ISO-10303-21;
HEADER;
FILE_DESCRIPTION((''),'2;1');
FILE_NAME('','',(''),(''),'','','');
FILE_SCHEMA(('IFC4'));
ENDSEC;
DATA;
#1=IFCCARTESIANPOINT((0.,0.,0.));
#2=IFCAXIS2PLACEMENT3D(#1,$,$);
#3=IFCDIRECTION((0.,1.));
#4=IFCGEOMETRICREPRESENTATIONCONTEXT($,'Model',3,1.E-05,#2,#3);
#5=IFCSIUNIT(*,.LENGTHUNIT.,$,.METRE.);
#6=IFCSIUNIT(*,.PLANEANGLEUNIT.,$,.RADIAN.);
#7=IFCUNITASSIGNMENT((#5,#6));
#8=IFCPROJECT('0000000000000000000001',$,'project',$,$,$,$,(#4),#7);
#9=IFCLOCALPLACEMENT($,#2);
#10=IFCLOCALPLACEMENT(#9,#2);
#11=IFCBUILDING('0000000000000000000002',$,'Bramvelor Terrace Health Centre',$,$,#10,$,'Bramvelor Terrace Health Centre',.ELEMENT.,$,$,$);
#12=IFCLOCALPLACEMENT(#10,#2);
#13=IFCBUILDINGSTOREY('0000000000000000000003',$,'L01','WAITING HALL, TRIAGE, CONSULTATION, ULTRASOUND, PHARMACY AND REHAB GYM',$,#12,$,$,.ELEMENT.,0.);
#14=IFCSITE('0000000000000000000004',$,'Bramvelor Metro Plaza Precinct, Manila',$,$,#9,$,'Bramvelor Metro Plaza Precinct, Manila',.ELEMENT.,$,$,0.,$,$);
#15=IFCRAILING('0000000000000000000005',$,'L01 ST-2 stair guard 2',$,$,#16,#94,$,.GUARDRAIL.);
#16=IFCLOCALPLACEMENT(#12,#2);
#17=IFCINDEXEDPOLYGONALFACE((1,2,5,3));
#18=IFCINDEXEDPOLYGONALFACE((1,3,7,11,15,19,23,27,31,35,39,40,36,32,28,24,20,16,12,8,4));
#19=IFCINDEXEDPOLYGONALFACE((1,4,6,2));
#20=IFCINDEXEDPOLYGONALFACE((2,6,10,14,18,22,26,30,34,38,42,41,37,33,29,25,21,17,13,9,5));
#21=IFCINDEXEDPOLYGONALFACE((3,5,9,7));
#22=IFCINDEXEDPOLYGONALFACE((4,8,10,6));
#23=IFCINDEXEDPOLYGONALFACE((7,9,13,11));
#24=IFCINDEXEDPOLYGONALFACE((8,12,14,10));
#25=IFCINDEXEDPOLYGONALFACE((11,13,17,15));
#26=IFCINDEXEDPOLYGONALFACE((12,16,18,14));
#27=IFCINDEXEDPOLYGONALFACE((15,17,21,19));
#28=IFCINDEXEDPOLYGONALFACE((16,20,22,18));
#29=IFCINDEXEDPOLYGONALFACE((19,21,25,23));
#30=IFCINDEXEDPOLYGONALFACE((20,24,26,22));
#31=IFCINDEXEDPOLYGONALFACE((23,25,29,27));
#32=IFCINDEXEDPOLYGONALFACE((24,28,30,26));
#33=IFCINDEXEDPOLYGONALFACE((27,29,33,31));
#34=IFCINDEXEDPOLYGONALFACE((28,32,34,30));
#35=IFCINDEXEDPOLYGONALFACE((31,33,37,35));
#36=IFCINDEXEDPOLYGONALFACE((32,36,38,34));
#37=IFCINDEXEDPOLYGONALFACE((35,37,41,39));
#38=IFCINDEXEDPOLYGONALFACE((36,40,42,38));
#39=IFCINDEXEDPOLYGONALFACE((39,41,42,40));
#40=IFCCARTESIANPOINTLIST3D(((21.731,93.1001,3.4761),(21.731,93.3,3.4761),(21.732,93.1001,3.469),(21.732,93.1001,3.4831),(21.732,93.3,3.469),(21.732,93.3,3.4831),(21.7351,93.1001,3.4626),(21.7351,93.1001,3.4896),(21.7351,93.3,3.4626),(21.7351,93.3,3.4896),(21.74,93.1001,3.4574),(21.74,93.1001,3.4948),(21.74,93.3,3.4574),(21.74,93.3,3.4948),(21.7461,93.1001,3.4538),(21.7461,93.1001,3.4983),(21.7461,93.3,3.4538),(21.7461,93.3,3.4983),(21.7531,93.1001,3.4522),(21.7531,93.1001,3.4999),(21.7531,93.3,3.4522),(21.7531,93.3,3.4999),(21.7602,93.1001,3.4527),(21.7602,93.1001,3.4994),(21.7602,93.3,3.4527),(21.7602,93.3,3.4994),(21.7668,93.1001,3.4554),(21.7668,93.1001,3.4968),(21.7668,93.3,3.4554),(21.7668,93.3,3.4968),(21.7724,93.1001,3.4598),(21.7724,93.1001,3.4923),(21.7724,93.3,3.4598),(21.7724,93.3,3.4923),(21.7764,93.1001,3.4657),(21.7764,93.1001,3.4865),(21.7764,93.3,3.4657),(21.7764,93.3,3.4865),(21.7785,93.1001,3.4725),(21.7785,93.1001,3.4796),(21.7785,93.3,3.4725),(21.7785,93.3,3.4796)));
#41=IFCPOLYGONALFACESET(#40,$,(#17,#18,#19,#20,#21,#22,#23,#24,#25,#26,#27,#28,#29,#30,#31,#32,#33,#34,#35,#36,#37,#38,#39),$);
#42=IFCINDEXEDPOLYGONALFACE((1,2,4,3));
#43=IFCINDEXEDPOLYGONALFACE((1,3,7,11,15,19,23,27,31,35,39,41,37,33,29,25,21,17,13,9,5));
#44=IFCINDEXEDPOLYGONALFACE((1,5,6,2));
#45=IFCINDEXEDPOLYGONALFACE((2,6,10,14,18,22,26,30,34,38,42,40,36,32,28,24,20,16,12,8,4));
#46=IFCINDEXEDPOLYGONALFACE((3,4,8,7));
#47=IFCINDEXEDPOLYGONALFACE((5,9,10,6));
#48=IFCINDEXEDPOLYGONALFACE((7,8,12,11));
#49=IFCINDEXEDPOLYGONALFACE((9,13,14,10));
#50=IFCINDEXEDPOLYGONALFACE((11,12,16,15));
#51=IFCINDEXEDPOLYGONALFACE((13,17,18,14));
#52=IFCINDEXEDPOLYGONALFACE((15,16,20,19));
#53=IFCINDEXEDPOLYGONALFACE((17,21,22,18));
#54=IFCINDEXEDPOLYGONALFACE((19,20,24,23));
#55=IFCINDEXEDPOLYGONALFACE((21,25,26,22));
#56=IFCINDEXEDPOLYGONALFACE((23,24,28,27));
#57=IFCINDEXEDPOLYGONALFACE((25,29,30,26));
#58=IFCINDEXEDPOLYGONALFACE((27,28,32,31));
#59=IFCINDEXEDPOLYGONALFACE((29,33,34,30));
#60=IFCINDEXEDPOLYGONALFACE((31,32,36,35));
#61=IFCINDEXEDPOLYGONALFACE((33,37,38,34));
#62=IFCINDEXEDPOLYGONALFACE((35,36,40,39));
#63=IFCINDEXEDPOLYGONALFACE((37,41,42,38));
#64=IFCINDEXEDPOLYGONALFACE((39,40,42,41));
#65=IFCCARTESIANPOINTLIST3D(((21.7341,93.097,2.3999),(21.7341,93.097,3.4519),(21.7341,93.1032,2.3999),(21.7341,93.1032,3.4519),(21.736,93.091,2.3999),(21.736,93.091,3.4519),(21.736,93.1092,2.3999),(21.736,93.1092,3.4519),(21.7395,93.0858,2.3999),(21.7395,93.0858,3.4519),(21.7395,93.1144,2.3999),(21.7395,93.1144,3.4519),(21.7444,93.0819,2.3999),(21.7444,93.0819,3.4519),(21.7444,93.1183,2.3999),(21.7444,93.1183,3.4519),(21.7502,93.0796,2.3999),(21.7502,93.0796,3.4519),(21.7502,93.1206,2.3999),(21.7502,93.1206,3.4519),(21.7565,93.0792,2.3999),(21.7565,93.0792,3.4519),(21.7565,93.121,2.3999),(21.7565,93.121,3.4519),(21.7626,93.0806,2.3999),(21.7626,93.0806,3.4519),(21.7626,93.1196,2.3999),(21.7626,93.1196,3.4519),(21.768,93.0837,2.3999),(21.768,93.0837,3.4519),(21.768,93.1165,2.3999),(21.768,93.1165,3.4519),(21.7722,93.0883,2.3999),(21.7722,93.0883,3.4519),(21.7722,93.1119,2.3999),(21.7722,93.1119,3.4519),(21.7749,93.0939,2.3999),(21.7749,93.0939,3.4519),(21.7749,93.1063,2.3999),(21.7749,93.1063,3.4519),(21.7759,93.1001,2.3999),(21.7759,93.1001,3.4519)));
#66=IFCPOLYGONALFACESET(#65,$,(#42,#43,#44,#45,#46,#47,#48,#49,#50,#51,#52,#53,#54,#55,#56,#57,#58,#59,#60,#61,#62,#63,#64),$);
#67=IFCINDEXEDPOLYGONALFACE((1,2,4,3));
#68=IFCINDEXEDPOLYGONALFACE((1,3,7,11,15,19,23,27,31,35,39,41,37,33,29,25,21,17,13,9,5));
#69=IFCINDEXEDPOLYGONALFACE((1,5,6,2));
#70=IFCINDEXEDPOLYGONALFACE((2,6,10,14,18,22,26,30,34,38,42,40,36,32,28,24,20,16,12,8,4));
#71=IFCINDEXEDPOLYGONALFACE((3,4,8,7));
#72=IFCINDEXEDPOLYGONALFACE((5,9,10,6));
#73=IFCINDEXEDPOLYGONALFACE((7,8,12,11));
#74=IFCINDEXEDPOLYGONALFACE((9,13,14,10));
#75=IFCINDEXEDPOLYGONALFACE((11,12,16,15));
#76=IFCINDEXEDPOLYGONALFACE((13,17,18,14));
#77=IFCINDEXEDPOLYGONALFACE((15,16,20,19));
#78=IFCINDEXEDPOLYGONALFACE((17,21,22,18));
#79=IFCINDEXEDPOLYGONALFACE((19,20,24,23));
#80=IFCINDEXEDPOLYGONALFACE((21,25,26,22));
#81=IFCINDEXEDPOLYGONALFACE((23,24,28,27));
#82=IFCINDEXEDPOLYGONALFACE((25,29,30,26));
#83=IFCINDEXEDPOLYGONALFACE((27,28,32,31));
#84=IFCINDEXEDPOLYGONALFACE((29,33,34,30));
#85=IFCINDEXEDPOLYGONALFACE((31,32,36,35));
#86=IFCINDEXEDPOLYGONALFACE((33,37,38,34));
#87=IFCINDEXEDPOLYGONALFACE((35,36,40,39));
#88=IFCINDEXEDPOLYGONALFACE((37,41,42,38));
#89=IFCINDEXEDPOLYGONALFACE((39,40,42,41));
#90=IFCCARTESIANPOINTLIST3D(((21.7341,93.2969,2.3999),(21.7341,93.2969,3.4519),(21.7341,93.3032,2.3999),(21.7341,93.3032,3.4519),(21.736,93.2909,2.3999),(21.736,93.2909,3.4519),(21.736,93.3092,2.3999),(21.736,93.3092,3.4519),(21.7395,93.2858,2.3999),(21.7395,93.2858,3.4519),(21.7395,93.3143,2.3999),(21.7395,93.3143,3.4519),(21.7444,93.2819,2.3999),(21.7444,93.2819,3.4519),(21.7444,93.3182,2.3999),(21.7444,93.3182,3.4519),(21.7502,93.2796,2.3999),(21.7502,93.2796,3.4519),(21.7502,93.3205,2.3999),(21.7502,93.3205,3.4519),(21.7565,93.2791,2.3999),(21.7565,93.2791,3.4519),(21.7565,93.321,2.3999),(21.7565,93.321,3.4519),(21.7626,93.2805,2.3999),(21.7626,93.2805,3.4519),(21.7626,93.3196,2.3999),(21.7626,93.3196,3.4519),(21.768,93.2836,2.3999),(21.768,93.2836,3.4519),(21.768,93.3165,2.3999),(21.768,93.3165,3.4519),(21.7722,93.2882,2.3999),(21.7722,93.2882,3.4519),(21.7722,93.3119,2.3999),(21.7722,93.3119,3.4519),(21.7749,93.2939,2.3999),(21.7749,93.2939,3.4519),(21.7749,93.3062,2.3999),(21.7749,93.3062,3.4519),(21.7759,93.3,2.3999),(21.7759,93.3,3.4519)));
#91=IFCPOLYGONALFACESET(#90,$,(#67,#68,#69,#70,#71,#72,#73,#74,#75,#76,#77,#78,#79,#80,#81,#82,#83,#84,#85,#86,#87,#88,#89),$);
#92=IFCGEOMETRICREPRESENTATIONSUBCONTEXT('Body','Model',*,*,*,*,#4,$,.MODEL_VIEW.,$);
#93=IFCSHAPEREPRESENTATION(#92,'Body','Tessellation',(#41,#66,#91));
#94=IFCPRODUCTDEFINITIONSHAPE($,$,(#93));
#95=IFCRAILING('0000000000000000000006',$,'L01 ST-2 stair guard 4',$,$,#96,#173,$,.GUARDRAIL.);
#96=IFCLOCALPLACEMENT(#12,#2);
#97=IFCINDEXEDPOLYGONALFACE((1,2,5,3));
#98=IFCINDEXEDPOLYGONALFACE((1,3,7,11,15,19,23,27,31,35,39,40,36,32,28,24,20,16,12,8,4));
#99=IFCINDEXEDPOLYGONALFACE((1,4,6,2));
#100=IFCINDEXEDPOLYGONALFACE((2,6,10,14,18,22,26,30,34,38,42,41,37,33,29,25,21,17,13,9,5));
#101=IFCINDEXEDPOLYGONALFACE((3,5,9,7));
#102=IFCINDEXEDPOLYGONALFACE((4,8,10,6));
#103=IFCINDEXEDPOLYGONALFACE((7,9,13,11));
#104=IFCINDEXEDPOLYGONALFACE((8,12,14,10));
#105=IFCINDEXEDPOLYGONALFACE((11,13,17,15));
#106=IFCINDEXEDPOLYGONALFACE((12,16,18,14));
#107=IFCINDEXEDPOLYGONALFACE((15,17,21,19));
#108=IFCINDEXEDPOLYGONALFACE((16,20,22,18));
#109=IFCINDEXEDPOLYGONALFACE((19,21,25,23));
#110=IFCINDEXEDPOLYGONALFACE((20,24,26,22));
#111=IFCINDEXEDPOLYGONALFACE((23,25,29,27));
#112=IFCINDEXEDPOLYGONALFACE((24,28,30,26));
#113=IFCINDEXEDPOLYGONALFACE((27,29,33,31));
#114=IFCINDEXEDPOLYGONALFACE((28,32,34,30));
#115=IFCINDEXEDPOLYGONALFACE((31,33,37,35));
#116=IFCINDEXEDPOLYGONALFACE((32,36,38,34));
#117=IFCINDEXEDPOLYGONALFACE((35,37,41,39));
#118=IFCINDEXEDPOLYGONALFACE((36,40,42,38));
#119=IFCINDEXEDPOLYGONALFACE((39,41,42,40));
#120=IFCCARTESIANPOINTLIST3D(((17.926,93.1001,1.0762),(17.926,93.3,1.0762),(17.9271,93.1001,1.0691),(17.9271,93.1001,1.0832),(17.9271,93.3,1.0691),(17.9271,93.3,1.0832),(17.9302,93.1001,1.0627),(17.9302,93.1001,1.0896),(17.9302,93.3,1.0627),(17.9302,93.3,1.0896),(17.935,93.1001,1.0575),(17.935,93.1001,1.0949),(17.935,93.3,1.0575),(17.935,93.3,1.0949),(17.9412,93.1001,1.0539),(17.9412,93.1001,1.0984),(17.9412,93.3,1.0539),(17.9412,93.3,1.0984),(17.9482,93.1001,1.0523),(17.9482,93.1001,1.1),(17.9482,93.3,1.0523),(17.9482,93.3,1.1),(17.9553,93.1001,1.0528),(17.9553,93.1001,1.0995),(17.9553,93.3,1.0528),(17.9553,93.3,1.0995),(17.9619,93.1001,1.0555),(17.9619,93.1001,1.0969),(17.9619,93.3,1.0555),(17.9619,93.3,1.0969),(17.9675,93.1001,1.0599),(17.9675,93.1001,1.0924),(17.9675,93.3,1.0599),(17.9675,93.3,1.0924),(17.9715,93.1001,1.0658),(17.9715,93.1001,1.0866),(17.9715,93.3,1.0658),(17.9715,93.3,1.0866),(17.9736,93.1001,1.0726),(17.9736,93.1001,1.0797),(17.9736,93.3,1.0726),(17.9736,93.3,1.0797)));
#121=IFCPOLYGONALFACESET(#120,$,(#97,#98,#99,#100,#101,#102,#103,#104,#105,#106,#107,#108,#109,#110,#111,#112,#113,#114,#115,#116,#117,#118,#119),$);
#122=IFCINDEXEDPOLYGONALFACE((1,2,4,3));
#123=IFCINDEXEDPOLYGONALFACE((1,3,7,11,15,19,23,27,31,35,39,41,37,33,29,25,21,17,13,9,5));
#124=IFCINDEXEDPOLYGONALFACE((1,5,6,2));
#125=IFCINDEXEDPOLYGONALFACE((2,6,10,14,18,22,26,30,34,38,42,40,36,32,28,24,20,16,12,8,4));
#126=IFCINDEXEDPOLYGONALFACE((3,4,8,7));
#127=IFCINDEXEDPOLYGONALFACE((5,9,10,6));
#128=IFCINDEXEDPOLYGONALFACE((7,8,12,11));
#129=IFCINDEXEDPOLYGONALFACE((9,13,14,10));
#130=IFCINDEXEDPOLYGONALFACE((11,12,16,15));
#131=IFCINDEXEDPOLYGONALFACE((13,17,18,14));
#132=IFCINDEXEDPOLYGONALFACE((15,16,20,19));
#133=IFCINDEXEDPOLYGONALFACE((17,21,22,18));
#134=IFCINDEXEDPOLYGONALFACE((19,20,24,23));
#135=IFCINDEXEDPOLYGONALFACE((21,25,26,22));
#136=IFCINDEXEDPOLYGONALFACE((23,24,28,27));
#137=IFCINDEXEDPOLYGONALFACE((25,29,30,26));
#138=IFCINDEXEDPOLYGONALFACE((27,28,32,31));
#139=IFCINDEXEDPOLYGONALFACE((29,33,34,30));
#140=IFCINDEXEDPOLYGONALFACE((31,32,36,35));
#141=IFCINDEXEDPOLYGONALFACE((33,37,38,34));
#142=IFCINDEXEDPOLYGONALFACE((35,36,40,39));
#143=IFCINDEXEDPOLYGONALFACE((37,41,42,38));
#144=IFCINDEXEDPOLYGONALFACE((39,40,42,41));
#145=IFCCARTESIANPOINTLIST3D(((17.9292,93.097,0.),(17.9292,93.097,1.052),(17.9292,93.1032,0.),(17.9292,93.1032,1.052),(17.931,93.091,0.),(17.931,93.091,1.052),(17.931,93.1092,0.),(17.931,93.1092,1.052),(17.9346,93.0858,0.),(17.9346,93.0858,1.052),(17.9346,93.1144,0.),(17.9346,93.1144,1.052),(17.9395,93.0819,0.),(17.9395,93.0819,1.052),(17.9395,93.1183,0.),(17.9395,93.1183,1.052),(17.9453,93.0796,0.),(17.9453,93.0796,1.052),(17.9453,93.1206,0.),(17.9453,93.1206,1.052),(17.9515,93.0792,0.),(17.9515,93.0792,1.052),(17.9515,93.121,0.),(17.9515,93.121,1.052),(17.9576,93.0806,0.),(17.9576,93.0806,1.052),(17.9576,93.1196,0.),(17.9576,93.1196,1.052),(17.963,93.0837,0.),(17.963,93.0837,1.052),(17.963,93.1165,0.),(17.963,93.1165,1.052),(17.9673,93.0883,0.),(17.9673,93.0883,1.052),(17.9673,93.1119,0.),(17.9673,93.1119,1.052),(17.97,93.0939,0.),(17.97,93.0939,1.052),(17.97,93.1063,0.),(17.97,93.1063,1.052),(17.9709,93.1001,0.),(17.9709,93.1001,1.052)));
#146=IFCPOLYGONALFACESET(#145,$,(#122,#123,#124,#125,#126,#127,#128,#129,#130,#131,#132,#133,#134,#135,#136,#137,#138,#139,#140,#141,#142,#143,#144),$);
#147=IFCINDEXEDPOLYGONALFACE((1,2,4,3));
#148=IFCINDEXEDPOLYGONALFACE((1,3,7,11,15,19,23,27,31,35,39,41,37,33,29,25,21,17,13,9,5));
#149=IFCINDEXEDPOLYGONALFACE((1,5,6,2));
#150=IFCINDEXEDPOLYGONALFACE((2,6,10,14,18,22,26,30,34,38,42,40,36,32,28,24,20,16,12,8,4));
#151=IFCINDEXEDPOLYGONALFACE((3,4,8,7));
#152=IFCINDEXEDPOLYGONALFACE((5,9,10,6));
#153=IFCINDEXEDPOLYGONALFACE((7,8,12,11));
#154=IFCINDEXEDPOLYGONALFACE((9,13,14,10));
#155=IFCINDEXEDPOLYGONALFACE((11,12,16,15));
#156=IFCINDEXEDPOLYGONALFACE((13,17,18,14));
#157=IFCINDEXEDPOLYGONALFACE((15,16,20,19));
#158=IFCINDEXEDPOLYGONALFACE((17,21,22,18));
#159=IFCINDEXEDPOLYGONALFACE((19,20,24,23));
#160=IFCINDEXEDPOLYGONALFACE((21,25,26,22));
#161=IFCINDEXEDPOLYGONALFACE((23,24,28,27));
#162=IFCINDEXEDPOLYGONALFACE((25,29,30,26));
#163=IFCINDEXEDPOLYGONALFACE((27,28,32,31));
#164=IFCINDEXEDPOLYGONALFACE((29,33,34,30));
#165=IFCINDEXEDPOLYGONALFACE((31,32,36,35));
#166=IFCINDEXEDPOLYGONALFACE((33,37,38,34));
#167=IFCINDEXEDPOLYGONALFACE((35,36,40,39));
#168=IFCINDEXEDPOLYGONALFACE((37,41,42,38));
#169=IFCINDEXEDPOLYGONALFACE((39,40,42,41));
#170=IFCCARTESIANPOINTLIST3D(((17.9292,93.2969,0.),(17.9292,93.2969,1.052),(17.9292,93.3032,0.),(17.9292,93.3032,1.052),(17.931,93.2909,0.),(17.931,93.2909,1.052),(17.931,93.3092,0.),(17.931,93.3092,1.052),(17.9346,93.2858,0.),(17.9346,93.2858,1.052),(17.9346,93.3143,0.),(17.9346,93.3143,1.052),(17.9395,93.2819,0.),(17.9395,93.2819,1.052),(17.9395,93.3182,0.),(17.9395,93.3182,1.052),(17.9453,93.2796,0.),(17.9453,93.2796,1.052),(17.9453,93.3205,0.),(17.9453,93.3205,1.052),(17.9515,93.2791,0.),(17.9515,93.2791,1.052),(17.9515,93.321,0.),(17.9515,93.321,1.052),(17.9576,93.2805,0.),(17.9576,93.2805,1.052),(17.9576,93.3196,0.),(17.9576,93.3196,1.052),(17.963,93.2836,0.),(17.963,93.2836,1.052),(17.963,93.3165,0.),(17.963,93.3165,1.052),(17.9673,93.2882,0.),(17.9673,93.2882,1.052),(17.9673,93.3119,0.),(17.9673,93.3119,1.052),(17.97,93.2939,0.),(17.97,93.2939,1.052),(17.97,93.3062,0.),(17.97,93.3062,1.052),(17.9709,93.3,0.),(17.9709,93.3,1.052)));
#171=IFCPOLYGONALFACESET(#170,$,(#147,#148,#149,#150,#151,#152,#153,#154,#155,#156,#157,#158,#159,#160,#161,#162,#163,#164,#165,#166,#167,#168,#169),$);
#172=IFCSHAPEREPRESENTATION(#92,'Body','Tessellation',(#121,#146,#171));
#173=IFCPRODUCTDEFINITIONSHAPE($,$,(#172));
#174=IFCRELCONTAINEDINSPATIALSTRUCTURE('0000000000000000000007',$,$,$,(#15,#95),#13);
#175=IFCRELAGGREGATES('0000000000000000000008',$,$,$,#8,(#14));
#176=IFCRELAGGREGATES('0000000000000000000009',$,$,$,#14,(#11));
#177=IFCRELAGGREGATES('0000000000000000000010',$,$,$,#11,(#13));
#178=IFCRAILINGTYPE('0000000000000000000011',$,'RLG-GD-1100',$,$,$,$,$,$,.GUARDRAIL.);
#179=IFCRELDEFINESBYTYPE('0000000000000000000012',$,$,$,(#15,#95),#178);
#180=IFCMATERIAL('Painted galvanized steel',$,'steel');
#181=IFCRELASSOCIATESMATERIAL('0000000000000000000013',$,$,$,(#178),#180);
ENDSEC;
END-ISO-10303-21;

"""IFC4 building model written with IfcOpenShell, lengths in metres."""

from ifc_helpers import new_model, si_unit, direction, frame, origin, origin_2d, place, context, subcontext, project, spatial, circle, extrude, material, type_object, element, save


model = new_model("IFC4")

# Units and contexts
model_context = context("Model", 3, precision=1e-05, world=origin(), true_north=direction((0.0, 1.0)))
body_context = subcontext(model_context, "Body", "Model", "MODEL_VIEW")
ifc_project = project(units=[si_unit("LENGTHUNIT", "METRE"), si_unit("PLANEANGLEUNIT", "RADIAN")], contexts=[model_context])

# Site, building, storey
site_placement = place(None, origin())
site = spatial("IfcSite", under=ifc_project, at=site_placement, Name="Bramvelor Metro Plaza Precinct, Manila", LongName="Bramvelor Metro Plaza Precinct, Manila", CompositionType="ELEMENT", RefElevation=0.0)
building_placement = place(site_placement, origin())
building = spatial("IfcBuilding", under=site, at=building_placement, Name="Bramvelor Terrace Health Centre", LongName="Bramvelor Terrace Health Centre", CompositionType="ELEMENT")
storey_placement = place(building_placement, origin())
storey = spatial("IfcBuildingStorey", under=building, at=storey_placement, Name="L01", Description="WAITING HALL, TRIAGE, CONSULTATION, ULTRASOUND, PHARMACY AND REHAB GYM", CompositionType="ELEMENT", Elevation=0.0)

# Railings
ifc_material_1 = material(Name="Painted galvanized steel", Category="steel")
railing_type_1 = type_object("IfcRailingType", Name="RLG-GD-1100", PredefinedType="GUARDRAIL", material=ifc_material_1)
for number, where, name in (
    (1, (21.7549, 93.1001, 2.3999), "L01 ST-2 stair guard 2"),
    (2, (17.95, 93.1001, 0.0), "L01 ST-2 stair guard 4"),
):
    element("IfcRailing", number, at=place(storey_placement, frame(where)), inside=storey, type_object=railing_type_1, Name=name, PredefinedType="GUARDRAIL", context=body_context, shape_type="SweptSolid", body=[
        extrude(circle(Radius=0.0239, at=origin_2d()), frame((0.0, 0.0, 1.0762), z_axis=(0.0, 1.0, 0.0), x_axis=(-1.0, 0.0, 0.0)), (0.0, 0.0, 1.0), 0.2),
        extrude(circle(Radius=0.021, at=origin_2d()), origin(), (0.0, 0.0, 1.0), 1.052),
        extrude(circle(Radius=0.021, at=origin_2d()), frame((0.0, 0.2, 0.0)), (0.0, 0.0, 1.0), 1.052),
    ])

save(model, "model.ifc")
